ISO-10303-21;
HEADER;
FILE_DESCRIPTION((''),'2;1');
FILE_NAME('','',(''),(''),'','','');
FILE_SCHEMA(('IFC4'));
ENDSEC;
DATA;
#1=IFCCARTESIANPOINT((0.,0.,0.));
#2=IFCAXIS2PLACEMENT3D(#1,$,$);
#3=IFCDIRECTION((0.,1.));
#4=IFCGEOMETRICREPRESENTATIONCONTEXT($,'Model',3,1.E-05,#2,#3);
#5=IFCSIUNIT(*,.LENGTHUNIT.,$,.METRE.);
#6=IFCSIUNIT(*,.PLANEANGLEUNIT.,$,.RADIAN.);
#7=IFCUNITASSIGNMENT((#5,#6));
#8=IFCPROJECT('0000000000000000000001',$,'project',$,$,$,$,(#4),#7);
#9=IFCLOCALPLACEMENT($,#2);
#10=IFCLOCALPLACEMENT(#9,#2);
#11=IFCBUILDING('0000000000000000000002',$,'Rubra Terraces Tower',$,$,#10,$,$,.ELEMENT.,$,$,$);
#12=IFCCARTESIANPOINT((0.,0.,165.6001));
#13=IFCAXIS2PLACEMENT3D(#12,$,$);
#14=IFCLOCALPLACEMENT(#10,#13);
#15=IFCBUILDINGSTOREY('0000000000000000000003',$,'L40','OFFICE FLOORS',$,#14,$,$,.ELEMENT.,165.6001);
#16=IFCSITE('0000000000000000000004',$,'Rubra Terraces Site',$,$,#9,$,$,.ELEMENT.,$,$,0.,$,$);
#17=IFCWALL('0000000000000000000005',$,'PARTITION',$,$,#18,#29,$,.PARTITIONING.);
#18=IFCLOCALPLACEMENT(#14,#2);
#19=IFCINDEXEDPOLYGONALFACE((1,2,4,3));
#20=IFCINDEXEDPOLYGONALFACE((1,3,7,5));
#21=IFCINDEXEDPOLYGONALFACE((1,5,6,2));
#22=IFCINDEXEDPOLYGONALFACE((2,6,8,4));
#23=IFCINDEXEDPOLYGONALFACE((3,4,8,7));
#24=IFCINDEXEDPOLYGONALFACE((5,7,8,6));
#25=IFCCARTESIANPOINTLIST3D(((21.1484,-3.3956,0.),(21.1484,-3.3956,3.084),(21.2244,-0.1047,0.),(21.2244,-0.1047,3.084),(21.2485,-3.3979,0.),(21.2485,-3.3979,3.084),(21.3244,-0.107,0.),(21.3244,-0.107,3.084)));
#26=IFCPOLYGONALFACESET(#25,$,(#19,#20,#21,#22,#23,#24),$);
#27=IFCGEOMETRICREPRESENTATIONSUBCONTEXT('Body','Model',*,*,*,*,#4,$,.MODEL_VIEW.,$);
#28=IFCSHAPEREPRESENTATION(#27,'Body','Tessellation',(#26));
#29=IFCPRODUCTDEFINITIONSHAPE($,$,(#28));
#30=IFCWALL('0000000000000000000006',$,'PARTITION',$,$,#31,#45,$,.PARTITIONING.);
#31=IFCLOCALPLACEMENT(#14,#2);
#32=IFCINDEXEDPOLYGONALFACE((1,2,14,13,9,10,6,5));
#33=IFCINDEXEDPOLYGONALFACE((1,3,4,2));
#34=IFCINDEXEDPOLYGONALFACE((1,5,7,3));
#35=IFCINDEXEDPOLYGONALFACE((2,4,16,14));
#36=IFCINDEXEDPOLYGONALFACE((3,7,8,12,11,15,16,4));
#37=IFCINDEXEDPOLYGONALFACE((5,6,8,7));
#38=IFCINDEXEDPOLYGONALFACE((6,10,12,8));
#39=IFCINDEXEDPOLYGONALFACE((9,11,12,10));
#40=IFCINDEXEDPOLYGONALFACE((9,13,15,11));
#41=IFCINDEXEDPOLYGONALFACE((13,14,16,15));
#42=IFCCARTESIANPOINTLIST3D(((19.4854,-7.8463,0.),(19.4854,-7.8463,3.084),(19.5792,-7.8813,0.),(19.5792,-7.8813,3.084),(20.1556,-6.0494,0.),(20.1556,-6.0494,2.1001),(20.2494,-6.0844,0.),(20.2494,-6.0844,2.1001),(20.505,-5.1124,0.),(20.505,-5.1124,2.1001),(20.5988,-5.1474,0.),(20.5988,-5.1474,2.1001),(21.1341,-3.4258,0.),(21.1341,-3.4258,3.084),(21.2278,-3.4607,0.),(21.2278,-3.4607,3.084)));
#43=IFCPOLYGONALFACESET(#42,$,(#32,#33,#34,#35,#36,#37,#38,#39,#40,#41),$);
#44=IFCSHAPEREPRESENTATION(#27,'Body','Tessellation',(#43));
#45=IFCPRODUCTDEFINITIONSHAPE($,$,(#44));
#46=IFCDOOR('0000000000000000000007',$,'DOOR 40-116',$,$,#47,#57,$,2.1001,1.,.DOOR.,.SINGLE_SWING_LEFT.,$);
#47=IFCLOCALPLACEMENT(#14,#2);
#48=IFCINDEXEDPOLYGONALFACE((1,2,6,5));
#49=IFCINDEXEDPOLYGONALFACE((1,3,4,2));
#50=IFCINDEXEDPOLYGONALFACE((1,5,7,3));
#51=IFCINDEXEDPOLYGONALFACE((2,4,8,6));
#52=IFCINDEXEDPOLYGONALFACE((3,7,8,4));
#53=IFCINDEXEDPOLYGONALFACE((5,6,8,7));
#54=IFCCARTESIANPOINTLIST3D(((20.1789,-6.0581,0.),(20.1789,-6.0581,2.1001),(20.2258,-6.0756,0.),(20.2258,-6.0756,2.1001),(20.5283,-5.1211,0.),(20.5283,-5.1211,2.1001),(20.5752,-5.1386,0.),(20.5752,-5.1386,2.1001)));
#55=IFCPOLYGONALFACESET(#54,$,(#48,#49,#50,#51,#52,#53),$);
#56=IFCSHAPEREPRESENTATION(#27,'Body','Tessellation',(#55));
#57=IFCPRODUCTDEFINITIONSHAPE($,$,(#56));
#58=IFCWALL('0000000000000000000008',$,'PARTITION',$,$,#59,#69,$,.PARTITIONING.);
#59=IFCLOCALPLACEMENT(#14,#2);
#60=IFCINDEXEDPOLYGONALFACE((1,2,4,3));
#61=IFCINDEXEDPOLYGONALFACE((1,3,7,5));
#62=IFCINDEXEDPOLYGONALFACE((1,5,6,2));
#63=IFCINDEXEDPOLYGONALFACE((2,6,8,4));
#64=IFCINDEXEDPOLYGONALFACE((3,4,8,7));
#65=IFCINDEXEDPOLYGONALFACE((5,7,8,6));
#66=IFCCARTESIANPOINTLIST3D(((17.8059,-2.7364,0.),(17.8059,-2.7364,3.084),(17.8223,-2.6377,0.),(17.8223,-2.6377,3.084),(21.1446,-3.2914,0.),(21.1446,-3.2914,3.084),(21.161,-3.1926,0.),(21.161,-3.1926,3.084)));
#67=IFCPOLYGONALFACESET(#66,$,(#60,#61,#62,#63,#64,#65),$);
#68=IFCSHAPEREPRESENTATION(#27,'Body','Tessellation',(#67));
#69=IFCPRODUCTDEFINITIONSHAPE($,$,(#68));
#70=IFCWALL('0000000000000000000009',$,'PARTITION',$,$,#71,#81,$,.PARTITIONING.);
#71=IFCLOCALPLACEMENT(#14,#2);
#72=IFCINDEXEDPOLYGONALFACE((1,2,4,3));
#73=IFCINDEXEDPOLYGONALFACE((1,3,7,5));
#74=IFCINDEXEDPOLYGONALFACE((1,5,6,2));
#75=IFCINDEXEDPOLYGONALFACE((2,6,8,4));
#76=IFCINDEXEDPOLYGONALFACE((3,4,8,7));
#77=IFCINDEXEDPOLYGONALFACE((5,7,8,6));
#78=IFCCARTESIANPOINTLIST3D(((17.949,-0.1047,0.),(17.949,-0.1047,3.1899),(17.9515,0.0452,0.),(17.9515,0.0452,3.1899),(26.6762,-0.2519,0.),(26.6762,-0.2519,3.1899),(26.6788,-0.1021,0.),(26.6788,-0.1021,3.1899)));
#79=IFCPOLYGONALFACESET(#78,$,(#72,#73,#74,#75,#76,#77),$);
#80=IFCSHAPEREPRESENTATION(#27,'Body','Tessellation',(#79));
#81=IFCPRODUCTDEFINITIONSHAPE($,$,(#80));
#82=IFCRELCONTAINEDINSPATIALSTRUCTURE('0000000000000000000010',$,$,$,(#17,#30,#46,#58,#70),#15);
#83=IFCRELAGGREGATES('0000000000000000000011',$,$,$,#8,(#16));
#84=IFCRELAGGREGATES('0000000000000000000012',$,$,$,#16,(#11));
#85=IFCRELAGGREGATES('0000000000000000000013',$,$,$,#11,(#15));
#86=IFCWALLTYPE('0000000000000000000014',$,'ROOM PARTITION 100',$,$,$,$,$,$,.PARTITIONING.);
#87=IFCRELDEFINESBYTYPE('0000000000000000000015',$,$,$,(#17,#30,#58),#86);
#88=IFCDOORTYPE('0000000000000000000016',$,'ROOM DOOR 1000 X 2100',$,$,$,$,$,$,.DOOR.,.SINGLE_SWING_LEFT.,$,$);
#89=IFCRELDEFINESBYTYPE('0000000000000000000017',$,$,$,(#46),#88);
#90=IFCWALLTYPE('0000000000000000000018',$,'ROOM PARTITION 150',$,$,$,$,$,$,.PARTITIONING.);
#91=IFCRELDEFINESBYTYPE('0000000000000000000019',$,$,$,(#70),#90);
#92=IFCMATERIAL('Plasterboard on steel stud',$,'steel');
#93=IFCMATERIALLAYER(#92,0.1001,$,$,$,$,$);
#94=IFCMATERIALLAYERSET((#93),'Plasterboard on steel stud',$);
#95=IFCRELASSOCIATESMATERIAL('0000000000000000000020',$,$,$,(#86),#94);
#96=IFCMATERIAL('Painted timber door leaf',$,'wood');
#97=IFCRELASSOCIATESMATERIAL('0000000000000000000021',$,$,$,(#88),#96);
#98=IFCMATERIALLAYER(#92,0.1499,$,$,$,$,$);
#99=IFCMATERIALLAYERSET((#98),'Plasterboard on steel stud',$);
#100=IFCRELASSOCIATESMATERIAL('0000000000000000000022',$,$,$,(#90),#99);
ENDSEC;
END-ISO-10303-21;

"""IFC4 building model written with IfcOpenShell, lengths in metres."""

from ifc_helpers import new_model, si_unit, direction, frame, frame_2d, origin, place, context, subcontext, project, spatial, rectangle, extrude, material, layer, layer_set, type_object, element, fill, save


model = new_model("IFC4")

# Units and contexts
model_context = context("Model", 3, precision=1e-05, world=origin(), true_north=direction((0.0, 1.0)))
body_context = subcontext(model_context, "Body", "Model", "MODEL_VIEW")
ifc_project = project(units=[si_unit("LENGTHUNIT", "METRE"), si_unit("PLANEANGLEUNIT", "RADIAN")], contexts=[model_context])

# Site, building, storey
site_placement = place(None, origin())
site = spatial("IfcSite", under=ifc_project, at=site_placement, Name="Rubra Terraces Site", CompositionType="ELEMENT", RefElevation=0.0)
building_placement = place(site_placement, origin())
building = spatial("IfcBuilding", under=site, at=building_placement, Name="Rubra Terraces Tower", CompositionType="ELEMENT")
storey_placement = place(building_placement, frame((0.0, 0.0, 165.6001)))
storey = spatial("IfcBuildingStorey", under=building, at=storey_placement, Name="L40", Description="OFFICE FLOORS", CompositionType="ELEMENT", Elevation=165.6001)

# Wall
ifc_material_1 = material(Name="Plasterboard on steel stud", Category="steel")
ifc_layer_1 = layer(ifc_material_1, 0.1001)
ifc_layer_set_1 = layer_set([ifc_layer_1], Name="Plasterboard on steel stud")
wall_type_1 = type_object("IfcWallType", Name="ROOM PARTITION 100", PredefinedType="PARTITIONING", material=ifc_layer_set_1)
wall_1_placement = place(storey_placement, frame((21.2744, -0.1057, 0.0), z_axis=(0.0, 0.0, 1.0), x_axis=(-0.023067, -0.999734, 0.0)))
element("IfcWall", 1, at=wall_1_placement, inside=storey, type_object=wall_type_1, Name="PARTITION", PredefinedType="PARTITIONING", context=body_context, shape_type="SweptSolid", body=[
    extrude(rectangle(XDim=3.2917, YDim=0.1001, at=frame_2d((1.646, 0.0))), origin(), (0.0, 0.0, 1.0), 3.084),
])

# Wall, opening, door
wall_2_placement = place(storey_placement, frame((21.1809, -3.4434, 0.0), z_axis=(0.0, 0.0, 1.0), x_axis=(-0.349439, -0.936959, 0.0)))
wall_2 = element("IfcWall", 2, at=wall_2_placement, inside=storey, type_object=wall_type_1, Name="PARTITION", PredefinedType="PARTITIONING", context=body_context, shape_type="SweptSolid", body=[
    extrude(rectangle(XDim=4.718, YDim=0.1001, at=frame_2d((2.3589, 0.0))), origin(), (0.0, 0.0, 1.0), 3.084),
])
opening_1_placement = place(wall_2_placement, frame((1.8, 0.0, 0.0)))
opening_1 = element("IfcOpeningElement", 3, at=opening_1_placement, cuts=wall_2, PredefinedType="OPENING", context=body_context, shape_type="SweptSolid", body=[
    extrude(rectangle(XDim=1.0, YDim=2.1001, at=frame_2d((0.5, 1.05))), frame((0.0, 0.0601, 0.0), z_axis=(0.0, -1.0, 0.0), x_axis=(1.0, 0.0, 0.0)), (0.0, 0.0, 1.0), 0.1201),
])
ifc_material_2 = material(Name="Painted timber door leaf", Category="wood")
door_type_1 = type_object("IfcDoorType", Name="ROOM DOOR 1000 X 2100", OperationType="SINGLE_SWING_LEFT", PredefinedType="DOOR", material=ifc_material_2)
door_1_placement = place(opening_1_placement, origin())
door_1 = element("IfcDoor", 4, at=door_1_placement, inside=storey, type_object=door_type_1, Name="DOOR 40-116", OperationType="SINGLE_SWING_LEFT", OverallHeight=2.1001, OverallWidth=1.0, PredefinedType="DOOR", context=body_context, shape_type="SweptSolid", body=[
    extrude(rectangle(XDim=1.0, YDim=2.1001, at=frame_2d((0.5, 1.05))), frame((0.0, 0.0249, 0.0), z_axis=(0.0, -1.0, 0.0), x_axis=(1.0, 0.0, 0.0)), (0.0, 0.0, 1.0), 0.05),
])
fill(opening_1, door_1)

# Walls
wall_3_placement = place(storey_placement, frame((17.814, -2.687, 0.0), z_axis=(0.0, 0.0, 1.0), x_axis=(0.986466, -0.163966, 0.0)))
element("IfcWall", 5, at=wall_3_placement, inside=storey, type_object=wall_type_1, Name="PARTITION", PredefinedType="PARTITIONING", context=body_context, shape_type="SweptSolid", body=[
    extrude(rectangle(XDim=3.3845, YDim=0.1001, at=frame_2d((1.6924, 0.0))), origin(), (0.0, 0.0, 1.0), 3.084),
])
ifc_layer_2 = layer(ifc_material_1, 0.1499)
ifc_layer_set_2 = layer_set([ifc_layer_2], Name="Plasterboard on steel stud")
wall_type_2 = type_object("IfcWallType", Name="ROOM PARTITION 150", PredefinedType="PARTITIONING", material=ifc_layer_set_2)
wall_4_placement = place(storey_placement, frame((26.6775, -0.177, 0.0), z_axis=(0.0, 0.0, 1.0), x_axis=(-0.999858, 0.016866, 0.0)))
element("IfcWall", 6, at=wall_4_placement, inside=storey, type_object=wall_type_2, Name="PARTITION", PredefinedType="PARTITIONING", context=body_context, shape_type="SweptSolid", body=[
    extrude(rectangle(XDim=8.7285, YDim=0.1499, at=frame_2d((4.3643, 0.0))), origin(), (0.0, 0.0, 1.0), 3.1899),
])

save(model, "model.ifc")
